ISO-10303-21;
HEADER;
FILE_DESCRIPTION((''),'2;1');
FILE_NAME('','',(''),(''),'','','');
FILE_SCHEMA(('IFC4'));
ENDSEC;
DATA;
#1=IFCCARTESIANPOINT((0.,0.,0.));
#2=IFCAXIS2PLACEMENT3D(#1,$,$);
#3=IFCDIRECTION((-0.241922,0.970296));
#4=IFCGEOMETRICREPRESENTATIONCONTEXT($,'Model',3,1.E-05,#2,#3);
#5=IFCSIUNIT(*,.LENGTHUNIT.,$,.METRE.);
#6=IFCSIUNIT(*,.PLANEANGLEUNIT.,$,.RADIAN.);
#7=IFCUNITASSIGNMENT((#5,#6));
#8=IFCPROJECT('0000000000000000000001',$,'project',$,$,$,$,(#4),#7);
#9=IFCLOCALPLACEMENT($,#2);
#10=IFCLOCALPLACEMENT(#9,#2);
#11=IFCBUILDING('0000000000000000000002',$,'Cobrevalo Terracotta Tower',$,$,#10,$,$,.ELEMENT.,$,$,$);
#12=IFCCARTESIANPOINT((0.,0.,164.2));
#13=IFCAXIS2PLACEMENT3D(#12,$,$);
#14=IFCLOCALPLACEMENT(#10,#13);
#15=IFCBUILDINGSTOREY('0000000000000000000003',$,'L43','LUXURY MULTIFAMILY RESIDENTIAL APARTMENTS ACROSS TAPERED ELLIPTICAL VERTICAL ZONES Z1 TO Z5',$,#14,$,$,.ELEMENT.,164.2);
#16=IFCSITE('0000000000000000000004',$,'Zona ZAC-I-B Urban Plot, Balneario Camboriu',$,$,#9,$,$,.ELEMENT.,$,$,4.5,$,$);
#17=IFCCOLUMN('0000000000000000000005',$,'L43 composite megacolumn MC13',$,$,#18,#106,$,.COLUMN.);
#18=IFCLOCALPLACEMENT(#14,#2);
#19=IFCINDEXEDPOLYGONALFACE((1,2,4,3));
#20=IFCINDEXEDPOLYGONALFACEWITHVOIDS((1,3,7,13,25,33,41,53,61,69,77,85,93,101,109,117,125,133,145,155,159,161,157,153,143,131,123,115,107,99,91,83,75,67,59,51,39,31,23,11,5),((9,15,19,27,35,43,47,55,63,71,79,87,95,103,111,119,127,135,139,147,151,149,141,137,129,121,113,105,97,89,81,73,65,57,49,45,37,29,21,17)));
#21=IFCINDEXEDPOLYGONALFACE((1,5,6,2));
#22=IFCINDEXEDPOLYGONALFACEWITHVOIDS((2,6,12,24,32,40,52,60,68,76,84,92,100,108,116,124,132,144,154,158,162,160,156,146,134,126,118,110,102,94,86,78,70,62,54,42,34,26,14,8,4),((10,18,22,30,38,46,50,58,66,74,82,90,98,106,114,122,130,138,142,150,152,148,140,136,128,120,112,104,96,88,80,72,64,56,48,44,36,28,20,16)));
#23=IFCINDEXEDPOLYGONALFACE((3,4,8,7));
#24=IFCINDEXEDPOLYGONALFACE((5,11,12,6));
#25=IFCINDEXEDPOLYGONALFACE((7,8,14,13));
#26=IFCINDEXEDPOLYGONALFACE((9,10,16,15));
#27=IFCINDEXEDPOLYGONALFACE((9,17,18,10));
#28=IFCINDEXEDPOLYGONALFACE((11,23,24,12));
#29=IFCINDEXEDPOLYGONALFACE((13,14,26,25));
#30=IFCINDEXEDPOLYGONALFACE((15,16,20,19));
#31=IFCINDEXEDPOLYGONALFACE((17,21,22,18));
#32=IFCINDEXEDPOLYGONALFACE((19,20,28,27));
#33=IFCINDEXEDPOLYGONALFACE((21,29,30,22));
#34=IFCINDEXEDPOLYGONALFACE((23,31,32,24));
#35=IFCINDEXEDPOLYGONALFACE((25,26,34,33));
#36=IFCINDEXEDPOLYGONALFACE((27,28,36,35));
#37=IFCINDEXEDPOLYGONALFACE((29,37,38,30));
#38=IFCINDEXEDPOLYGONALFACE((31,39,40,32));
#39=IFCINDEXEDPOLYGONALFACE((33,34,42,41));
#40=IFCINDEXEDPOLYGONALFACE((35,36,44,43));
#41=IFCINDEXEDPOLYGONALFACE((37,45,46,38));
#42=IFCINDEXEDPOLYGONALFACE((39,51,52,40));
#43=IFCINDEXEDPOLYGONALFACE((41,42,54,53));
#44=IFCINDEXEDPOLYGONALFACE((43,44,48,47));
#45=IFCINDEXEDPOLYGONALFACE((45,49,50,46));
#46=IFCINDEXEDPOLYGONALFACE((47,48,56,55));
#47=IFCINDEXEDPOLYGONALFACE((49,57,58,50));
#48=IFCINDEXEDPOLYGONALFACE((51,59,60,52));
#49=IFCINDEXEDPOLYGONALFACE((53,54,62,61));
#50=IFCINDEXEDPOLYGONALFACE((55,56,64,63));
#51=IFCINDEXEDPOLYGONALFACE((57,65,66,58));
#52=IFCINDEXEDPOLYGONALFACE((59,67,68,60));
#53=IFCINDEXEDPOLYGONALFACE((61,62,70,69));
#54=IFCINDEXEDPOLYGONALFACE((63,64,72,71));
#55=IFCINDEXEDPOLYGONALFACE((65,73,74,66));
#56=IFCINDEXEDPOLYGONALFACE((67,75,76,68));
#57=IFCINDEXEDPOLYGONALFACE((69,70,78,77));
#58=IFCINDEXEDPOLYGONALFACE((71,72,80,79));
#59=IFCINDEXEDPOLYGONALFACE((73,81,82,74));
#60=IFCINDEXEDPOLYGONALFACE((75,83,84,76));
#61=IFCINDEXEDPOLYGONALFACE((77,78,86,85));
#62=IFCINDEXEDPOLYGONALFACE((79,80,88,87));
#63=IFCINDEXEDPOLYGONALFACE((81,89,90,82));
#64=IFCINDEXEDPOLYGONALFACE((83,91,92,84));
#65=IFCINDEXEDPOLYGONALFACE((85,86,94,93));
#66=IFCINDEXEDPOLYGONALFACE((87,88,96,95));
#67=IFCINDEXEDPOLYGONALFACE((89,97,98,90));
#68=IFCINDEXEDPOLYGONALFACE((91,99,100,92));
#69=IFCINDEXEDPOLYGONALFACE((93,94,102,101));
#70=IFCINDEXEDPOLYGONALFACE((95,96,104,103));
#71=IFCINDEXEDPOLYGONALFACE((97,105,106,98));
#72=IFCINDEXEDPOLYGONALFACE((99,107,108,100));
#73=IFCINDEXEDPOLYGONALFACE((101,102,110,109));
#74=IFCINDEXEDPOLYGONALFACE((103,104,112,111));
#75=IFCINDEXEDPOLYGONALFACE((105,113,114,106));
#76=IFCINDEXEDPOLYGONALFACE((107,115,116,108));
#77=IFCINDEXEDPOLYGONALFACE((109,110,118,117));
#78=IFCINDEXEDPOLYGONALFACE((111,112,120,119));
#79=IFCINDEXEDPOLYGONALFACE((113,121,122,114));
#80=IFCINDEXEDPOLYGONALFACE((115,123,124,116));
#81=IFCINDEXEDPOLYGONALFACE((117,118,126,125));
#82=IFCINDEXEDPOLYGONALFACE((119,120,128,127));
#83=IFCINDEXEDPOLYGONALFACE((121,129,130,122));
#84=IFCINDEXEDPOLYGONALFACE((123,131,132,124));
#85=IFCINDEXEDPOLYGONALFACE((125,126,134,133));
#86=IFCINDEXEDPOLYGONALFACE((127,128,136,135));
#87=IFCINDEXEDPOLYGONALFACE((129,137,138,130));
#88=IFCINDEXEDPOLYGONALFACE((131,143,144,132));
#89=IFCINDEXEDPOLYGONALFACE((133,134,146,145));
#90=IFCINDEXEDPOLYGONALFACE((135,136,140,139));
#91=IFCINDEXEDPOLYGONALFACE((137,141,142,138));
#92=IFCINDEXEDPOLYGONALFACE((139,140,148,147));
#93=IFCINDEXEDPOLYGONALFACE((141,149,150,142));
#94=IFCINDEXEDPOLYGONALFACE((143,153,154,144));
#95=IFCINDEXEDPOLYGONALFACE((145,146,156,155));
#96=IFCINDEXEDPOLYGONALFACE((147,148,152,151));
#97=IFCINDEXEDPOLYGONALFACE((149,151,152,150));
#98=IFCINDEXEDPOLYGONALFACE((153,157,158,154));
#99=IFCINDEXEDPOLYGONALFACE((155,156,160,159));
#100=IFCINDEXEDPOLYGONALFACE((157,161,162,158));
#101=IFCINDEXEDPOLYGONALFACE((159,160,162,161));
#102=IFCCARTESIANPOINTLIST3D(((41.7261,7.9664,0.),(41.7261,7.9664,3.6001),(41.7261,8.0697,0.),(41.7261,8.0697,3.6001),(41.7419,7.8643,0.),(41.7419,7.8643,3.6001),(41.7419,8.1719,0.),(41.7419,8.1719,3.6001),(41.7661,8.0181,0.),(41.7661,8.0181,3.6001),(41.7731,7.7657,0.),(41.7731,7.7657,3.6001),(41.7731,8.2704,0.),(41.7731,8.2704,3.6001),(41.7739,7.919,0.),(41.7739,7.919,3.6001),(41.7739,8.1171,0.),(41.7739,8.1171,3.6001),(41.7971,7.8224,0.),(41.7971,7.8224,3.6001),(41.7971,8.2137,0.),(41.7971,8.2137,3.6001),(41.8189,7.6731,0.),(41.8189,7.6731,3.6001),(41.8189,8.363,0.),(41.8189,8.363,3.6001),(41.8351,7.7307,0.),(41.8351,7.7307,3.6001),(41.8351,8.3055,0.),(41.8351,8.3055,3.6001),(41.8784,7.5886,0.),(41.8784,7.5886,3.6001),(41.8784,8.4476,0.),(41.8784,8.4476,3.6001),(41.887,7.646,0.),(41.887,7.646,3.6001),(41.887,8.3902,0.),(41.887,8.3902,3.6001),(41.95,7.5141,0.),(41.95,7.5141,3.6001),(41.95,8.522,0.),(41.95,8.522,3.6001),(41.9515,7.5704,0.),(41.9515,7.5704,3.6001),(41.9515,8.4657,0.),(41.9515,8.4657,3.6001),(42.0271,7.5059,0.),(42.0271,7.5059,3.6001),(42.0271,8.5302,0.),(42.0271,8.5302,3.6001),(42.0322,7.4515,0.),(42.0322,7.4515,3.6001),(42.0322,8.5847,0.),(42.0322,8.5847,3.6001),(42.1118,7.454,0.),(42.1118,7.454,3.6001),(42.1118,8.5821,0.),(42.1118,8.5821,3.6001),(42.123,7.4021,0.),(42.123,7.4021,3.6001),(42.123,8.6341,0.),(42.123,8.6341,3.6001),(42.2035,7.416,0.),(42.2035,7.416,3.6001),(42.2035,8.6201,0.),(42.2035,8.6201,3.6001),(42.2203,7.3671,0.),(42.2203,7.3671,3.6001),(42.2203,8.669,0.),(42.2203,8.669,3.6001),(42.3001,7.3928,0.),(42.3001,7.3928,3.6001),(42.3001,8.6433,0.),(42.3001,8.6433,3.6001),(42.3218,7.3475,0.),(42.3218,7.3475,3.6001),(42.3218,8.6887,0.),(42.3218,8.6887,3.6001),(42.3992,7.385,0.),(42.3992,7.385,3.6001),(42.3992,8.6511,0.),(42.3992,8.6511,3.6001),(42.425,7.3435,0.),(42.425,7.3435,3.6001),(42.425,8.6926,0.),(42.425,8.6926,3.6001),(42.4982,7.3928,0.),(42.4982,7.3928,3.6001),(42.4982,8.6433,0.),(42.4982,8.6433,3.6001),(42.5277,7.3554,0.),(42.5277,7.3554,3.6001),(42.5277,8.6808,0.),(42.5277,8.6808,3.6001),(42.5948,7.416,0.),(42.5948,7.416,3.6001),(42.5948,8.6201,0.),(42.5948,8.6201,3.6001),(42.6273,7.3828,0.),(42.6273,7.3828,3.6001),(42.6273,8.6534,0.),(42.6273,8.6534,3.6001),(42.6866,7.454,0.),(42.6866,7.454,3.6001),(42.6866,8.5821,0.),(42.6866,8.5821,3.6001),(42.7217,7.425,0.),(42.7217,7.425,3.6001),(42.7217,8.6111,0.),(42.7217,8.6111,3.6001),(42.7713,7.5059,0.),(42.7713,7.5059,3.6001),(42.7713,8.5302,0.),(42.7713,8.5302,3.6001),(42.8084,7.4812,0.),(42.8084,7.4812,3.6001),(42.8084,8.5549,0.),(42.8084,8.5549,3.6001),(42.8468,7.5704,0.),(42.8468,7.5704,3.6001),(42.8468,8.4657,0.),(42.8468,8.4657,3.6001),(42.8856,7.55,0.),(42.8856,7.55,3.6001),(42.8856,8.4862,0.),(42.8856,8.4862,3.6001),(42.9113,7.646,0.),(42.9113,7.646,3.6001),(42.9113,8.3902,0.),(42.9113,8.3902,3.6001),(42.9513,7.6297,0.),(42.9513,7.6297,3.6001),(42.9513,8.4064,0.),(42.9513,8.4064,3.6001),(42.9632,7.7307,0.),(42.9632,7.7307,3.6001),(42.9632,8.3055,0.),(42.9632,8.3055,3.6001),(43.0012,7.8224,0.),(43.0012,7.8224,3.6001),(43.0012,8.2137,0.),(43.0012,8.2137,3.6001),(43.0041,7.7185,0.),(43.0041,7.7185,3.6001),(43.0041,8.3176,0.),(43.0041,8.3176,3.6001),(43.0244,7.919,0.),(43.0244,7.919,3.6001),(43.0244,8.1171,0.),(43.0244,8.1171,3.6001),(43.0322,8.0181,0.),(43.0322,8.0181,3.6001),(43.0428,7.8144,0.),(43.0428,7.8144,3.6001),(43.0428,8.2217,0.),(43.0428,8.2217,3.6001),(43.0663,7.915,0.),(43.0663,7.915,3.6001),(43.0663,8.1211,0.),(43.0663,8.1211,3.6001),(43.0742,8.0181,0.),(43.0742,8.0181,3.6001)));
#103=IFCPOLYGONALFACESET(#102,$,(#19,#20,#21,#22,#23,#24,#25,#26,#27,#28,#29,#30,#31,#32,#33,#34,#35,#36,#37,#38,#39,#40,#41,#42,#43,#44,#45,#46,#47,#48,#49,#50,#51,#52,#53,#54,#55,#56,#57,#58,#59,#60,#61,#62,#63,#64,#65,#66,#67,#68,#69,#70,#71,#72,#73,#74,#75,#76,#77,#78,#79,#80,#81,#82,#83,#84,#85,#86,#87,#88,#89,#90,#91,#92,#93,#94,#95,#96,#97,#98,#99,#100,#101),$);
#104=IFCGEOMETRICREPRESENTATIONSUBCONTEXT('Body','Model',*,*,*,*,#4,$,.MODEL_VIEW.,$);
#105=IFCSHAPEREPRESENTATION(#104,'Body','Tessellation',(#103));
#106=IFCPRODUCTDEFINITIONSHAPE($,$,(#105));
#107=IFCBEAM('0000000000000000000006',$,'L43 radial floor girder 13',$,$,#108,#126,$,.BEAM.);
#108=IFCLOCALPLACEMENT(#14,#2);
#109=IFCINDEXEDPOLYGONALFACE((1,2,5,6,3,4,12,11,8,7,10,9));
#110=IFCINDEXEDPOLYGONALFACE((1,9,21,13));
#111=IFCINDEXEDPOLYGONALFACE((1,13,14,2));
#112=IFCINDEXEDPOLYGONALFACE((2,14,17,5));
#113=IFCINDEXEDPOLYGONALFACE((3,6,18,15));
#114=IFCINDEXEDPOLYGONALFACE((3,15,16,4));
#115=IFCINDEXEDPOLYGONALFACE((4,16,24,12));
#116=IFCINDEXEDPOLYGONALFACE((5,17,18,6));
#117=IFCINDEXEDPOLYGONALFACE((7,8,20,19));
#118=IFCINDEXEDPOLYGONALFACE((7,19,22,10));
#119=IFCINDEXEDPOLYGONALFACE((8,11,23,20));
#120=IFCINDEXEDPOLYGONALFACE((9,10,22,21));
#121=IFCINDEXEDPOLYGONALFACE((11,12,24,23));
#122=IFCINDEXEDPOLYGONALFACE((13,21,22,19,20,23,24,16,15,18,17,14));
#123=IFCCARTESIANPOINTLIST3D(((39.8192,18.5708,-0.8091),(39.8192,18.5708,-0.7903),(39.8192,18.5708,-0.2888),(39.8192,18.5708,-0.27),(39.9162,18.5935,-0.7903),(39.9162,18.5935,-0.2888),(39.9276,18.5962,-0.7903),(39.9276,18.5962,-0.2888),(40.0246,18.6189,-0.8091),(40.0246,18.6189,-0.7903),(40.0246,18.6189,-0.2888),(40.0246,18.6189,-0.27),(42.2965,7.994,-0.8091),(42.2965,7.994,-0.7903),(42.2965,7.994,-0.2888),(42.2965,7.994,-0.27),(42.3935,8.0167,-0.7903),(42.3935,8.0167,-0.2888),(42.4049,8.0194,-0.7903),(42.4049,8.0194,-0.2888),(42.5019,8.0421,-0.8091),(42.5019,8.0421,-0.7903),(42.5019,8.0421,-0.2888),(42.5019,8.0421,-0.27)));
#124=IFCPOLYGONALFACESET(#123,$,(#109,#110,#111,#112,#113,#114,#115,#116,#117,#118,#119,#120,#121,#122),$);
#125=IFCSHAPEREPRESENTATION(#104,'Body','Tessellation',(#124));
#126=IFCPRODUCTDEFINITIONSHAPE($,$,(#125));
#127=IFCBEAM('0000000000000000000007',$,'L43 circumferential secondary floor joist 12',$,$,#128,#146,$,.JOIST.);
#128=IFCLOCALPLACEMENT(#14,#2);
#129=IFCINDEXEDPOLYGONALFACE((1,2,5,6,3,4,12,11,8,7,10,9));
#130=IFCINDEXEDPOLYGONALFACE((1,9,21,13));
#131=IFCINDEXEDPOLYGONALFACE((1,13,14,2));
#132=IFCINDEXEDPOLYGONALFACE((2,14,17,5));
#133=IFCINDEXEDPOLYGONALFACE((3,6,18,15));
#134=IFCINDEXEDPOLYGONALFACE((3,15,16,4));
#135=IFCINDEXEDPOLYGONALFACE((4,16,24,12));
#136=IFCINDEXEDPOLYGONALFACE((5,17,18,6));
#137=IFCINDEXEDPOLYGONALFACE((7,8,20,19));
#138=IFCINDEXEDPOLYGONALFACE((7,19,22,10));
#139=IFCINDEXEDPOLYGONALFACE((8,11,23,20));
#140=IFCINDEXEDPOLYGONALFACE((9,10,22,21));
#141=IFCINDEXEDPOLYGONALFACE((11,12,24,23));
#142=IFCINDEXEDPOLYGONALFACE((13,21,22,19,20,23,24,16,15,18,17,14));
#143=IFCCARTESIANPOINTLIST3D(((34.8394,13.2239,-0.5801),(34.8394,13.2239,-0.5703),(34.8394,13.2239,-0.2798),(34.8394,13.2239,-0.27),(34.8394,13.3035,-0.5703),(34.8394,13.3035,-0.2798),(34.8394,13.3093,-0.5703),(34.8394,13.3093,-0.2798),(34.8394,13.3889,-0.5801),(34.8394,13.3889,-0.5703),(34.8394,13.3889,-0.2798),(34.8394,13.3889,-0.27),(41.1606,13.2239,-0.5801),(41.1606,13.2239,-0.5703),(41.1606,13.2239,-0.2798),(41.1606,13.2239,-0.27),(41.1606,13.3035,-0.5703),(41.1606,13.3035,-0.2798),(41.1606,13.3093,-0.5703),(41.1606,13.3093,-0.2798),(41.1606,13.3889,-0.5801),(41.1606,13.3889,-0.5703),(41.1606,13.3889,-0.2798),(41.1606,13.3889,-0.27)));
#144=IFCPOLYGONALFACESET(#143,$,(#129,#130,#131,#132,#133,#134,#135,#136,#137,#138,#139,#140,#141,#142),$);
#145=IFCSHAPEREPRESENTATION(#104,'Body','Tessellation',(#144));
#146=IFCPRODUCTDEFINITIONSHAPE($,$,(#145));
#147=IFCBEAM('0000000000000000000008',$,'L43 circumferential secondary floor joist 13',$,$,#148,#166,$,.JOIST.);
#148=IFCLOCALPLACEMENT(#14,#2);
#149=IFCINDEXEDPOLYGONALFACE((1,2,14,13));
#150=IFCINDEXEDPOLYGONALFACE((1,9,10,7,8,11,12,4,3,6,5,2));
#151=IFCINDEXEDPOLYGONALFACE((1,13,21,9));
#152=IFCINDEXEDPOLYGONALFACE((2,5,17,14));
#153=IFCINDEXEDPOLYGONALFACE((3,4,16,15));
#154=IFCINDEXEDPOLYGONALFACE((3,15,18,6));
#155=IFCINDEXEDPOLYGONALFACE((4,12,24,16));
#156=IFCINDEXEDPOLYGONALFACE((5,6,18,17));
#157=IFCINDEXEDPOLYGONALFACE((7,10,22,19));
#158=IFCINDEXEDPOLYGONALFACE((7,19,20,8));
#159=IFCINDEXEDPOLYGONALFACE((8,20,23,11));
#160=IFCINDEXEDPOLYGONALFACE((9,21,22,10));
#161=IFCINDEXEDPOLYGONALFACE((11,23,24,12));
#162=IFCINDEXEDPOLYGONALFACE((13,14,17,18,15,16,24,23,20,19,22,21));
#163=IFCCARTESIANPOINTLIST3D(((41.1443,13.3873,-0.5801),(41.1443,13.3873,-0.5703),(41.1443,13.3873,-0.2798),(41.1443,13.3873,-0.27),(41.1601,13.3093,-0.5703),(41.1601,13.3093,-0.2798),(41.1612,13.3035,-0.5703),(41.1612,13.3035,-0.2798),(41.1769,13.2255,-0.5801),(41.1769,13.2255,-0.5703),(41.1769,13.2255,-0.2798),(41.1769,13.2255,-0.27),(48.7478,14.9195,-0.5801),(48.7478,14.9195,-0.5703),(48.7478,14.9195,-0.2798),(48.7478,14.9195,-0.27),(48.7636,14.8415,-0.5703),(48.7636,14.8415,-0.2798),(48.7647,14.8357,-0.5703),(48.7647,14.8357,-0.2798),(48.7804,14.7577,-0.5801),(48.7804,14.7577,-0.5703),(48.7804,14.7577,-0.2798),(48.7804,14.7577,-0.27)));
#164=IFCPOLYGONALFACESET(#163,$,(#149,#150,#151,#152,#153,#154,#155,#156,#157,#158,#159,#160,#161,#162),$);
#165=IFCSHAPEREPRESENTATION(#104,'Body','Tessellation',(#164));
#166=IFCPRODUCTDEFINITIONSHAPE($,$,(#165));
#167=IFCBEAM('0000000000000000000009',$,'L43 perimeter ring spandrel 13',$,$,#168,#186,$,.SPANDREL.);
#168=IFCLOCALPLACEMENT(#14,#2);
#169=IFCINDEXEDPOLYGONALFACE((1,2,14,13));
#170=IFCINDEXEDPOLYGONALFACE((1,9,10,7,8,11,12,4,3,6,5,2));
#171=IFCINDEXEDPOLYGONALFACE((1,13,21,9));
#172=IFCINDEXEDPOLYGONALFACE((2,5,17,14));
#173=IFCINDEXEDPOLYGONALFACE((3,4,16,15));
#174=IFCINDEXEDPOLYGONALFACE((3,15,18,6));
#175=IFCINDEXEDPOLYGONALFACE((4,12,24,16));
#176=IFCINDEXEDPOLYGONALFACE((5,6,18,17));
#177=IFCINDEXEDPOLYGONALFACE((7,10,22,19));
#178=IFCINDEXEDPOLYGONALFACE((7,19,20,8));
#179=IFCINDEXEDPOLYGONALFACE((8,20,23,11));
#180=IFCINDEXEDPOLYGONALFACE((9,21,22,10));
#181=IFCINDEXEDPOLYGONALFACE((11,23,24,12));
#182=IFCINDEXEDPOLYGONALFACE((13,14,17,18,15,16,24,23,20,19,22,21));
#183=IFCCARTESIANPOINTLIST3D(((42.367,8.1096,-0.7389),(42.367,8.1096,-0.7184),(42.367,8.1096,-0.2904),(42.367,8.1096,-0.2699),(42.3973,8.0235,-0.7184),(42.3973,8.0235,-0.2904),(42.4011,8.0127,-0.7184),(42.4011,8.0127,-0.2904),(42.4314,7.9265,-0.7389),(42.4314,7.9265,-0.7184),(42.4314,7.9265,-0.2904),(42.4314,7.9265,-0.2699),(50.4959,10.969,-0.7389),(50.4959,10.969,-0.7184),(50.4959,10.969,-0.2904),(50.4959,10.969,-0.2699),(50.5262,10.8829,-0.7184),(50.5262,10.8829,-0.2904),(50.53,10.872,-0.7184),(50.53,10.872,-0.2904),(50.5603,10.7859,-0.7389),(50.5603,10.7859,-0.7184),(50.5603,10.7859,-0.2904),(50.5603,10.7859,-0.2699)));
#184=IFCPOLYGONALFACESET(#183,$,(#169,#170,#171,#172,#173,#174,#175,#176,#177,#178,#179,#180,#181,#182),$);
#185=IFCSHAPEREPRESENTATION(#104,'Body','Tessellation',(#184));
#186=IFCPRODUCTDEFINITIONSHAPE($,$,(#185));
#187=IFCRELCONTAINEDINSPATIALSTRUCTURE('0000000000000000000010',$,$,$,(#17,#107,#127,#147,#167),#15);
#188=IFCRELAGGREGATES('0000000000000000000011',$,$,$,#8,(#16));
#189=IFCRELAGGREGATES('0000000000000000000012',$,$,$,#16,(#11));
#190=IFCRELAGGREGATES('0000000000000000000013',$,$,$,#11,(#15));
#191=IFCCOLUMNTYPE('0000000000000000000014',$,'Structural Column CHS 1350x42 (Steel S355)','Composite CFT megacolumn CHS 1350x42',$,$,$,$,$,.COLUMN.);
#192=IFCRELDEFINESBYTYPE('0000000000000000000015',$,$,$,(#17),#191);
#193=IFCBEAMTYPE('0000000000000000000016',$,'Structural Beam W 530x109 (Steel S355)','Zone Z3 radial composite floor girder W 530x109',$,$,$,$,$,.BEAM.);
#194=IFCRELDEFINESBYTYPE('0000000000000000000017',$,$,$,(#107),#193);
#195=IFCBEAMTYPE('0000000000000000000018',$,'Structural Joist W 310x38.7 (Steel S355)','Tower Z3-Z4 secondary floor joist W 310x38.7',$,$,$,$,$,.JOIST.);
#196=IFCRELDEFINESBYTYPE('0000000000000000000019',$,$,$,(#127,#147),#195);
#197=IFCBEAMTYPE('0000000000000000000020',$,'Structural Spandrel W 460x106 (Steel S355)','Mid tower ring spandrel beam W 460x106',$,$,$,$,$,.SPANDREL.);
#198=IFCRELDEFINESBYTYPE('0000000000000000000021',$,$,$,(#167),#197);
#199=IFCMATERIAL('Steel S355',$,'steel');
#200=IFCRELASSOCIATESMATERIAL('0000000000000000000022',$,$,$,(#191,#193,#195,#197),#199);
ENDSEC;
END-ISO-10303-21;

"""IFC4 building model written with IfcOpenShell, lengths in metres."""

from ifc_helpers import new_model, si_unit, direction, frame, origin, origin_2d, place, context, subcontext, project, spatial, hollow_circle, i_section, extrude, material, material_profile, profile_set, type_object, element, save


model = new_model("IFC4")

# Units and contexts
model_context = context("Model", 3, precision=1e-05, world=origin(), true_north=direction((-0.241922, 0.970296)))
body_context = subcontext(model_context, "Body", "Model", "MODEL_VIEW")
ifc_project = project(units=[si_unit("LENGTHUNIT", "METRE"), si_unit("PLANEANGLEUNIT", "RADIAN")], contexts=[model_context])

# Site, building, storey
site_placement = place(None, origin())
site = spatial("IfcSite", under=ifc_project, at=site_placement, Name="Zona ZAC-I-B Urban Plot, Balneario Camboriu", CompositionType="ELEMENT", RefElevation=4.5)
building_placement = place(site_placement, origin())
building = spatial("IfcBuilding", under=site, at=building_placement, Name="Cobrevalo Terracotta Tower", CompositionType="ELEMENT")
storey_placement = place(building_placement, frame((0.0, 0.0, 164.2)))
storey = spatial("IfcBuildingStorey", under=building, at=storey_placement, Name="L43", Description="LUXURY MULTIFAMILY RESIDENTIAL APARTMENTS ACROSS TAPERED ELLIPTICAL VERTICAL ZONES Z1 TO Z5", CompositionType="ELEMENT", Elevation=164.2)

# Column
ifc_material_1 = material(Name="Steel S355", Category="steel")
ifc_material_profile_1 = material_profile(ifc_material_1, hollow_circle(Radius=0.675, WallThickness=0.042, at=origin_2d()), Name="CHS 1350x42")
ifc_profile_set_1 = profile_set([ifc_material_profile_1], Name="Steel S355")
column_type = type_object("IfcColumnType", Name="Structural Column CHS 1350x42 (Steel S355)", Description="Composite CFT megacolumn CHS 1350x42", PredefinedType="COLUMN", material=ifc_profile_set_1)
column_placement = place(storey_placement, frame((42.3992, 8.0181, 0.0), z_axis=(0.0, 0.0, 1.0), x_axis=(1.0, 0.0, 0.0)))
element("IfcColumn", 1, at=column_placement, inside=storey, type_object=column_type, Name="L43 composite megacolumn MC13", PredefinedType="COLUMN", context=body_context, shape_type="SweptSolid", body=[
    extrude(hollow_circle(Radius=0.675, WallThickness=0.042, at=origin_2d()), origin(), (0.0, 0.0, 1.0), 3.6001),
])

# Beams
ifc_material_profile_2 = material_profile(ifc_material_1, i_section(OverallWidth=0.2109, OverallDepth=0.5391, WebThickness=0.0117, FlangeThickness=0.0188, at=origin_2d()), Name="W 530x109")
ifc_profile_set_2 = profile_set([ifc_material_profile_2], Name="Steel S355")
beam_type_1 = type_object("IfcBeamType", Name="Structural Beam W 530x109 (Steel S355)", Description="Zone Z3 radial composite floor girder W 530x109", PredefinedType="BEAM", material=ifc_profile_set_2)
beam_1_placement = place(storey_placement, frame((42.3992, 8.0181, -0.5396), z_axis=(-0.228046, 0.97365, 0.0), x_axis=(-0.97365, -0.228046, 0.0)))
element("IfcBeam", 2, at=beam_1_placement, inside=storey, type_object=beam_type_1, Name="L43 radial floor girder 13", PredefinedType="BEAM", context=body_context, shape_type="SweptSolid", body=[
    extrude(i_section(OverallWidth=0.2109, OverallDepth=0.5391, WebThickness=0.0117, FlangeThickness=0.0188, at=origin_2d()), origin(), (0.0, 0.0, 1.0), 10.863),
])
ifc_material_profile_3 = material_profile(ifc_material_1, i_section(OverallWidth=0.165, OverallDepth=0.3101, WebThickness=0.0059, FlangeThickness=0.0098, at=origin_2d()), Name="W 310x38.7")
ifc_profile_set_3 = profile_set([ifc_material_profile_3], Name="Steel S355")
beam_type_2 = type_object("IfcBeamType", Name="Structural Joist W 310x38.7 (Steel S355)", Description="Tower Z3-Z4 secondary floor joist W 310x38.7", PredefinedType="JOIST", material=ifc_profile_set_3)
beam_2_placement = place(storey_placement, frame((34.8394, 13.3064, -0.425), z_axis=(1.0, 0.0, 0.0), x_axis=(0.0, 1.0, 0.0)))
element("IfcBeam", 3, at=beam_2_placement, inside=storey, type_object=beam_type_2, Name="L43 circumferential secondary floor joist 12", PredefinedType="JOIST", context=body_context, shape_type="SweptSolid", body=[
    extrude(i_section(OverallWidth=0.165, OverallDepth=0.3101, WebThickness=0.0059, FlangeThickness=0.0098, at=origin_2d()), origin(), (0.0, 0.0, 1.0), 6.3213),
])
beam_3_placement = place(storey_placement, frame((41.1606, 13.3064, -0.425), z_axis=(0.980294, 0.197544, 0.0), x_axis=(-0.197544, 0.980294, 0.0)))
element("IfcBeam", 4, at=beam_3_placement, inside=storey, type_object=beam_type_2, Name="L43 circumferential secondary floor joist 13", PredefinedType="JOIST", context=body_context, shape_type="SweptSolid", body=[
    extrude(i_section(OverallWidth=0.165, OverallDepth=0.3101, WebThickness=0.0059, FlangeThickness=0.0098, at=origin_2d()), origin(), (0.0, 0.0, 1.0), 7.7563),
])
ifc_material_profile_4 = material_profile(ifc_material_1, i_section(OverallWidth=0.1941, OverallDepth=0.469, WebThickness=0.0115, FlangeThickness=0.0205, at=origin_2d()), Name="W 460x106")
ifc_profile_set_4 = profile_set([ifc_material_profile_4], Name="Steel S355")
beam_type_3 = type_object("IfcBeamType", Name="Structural Spandrel W 460x106 (Steel S355)", Description="Mid tower ring spandrel beam W 460x106", PredefinedType="SPANDREL", material=ifc_profile_set_4)
beam_4_placement = place(storey_placement, frame((42.3992, 8.0181, -0.5044), z_axis=(0.943341, 0.331824, 0.0), x_axis=(-0.331824, 0.943341, 0.0)))
element("IfcBeam", 5, at=beam_4_placement, inside=storey, type_object=beam_type_3, Name="L43 perimeter ring spandrel 13", PredefinedType="SPANDREL", context=body_context, shape_type="SweptSolid", body=[
    extrude(i_section(OverallWidth=0.1941, OverallDepth=0.469, WebThickness=0.0115, FlangeThickness=0.0205, at=origin_2d()), origin(), (0.0, 0.0, 1.0), 8.6172),
])

save(model, "model.ifc")
